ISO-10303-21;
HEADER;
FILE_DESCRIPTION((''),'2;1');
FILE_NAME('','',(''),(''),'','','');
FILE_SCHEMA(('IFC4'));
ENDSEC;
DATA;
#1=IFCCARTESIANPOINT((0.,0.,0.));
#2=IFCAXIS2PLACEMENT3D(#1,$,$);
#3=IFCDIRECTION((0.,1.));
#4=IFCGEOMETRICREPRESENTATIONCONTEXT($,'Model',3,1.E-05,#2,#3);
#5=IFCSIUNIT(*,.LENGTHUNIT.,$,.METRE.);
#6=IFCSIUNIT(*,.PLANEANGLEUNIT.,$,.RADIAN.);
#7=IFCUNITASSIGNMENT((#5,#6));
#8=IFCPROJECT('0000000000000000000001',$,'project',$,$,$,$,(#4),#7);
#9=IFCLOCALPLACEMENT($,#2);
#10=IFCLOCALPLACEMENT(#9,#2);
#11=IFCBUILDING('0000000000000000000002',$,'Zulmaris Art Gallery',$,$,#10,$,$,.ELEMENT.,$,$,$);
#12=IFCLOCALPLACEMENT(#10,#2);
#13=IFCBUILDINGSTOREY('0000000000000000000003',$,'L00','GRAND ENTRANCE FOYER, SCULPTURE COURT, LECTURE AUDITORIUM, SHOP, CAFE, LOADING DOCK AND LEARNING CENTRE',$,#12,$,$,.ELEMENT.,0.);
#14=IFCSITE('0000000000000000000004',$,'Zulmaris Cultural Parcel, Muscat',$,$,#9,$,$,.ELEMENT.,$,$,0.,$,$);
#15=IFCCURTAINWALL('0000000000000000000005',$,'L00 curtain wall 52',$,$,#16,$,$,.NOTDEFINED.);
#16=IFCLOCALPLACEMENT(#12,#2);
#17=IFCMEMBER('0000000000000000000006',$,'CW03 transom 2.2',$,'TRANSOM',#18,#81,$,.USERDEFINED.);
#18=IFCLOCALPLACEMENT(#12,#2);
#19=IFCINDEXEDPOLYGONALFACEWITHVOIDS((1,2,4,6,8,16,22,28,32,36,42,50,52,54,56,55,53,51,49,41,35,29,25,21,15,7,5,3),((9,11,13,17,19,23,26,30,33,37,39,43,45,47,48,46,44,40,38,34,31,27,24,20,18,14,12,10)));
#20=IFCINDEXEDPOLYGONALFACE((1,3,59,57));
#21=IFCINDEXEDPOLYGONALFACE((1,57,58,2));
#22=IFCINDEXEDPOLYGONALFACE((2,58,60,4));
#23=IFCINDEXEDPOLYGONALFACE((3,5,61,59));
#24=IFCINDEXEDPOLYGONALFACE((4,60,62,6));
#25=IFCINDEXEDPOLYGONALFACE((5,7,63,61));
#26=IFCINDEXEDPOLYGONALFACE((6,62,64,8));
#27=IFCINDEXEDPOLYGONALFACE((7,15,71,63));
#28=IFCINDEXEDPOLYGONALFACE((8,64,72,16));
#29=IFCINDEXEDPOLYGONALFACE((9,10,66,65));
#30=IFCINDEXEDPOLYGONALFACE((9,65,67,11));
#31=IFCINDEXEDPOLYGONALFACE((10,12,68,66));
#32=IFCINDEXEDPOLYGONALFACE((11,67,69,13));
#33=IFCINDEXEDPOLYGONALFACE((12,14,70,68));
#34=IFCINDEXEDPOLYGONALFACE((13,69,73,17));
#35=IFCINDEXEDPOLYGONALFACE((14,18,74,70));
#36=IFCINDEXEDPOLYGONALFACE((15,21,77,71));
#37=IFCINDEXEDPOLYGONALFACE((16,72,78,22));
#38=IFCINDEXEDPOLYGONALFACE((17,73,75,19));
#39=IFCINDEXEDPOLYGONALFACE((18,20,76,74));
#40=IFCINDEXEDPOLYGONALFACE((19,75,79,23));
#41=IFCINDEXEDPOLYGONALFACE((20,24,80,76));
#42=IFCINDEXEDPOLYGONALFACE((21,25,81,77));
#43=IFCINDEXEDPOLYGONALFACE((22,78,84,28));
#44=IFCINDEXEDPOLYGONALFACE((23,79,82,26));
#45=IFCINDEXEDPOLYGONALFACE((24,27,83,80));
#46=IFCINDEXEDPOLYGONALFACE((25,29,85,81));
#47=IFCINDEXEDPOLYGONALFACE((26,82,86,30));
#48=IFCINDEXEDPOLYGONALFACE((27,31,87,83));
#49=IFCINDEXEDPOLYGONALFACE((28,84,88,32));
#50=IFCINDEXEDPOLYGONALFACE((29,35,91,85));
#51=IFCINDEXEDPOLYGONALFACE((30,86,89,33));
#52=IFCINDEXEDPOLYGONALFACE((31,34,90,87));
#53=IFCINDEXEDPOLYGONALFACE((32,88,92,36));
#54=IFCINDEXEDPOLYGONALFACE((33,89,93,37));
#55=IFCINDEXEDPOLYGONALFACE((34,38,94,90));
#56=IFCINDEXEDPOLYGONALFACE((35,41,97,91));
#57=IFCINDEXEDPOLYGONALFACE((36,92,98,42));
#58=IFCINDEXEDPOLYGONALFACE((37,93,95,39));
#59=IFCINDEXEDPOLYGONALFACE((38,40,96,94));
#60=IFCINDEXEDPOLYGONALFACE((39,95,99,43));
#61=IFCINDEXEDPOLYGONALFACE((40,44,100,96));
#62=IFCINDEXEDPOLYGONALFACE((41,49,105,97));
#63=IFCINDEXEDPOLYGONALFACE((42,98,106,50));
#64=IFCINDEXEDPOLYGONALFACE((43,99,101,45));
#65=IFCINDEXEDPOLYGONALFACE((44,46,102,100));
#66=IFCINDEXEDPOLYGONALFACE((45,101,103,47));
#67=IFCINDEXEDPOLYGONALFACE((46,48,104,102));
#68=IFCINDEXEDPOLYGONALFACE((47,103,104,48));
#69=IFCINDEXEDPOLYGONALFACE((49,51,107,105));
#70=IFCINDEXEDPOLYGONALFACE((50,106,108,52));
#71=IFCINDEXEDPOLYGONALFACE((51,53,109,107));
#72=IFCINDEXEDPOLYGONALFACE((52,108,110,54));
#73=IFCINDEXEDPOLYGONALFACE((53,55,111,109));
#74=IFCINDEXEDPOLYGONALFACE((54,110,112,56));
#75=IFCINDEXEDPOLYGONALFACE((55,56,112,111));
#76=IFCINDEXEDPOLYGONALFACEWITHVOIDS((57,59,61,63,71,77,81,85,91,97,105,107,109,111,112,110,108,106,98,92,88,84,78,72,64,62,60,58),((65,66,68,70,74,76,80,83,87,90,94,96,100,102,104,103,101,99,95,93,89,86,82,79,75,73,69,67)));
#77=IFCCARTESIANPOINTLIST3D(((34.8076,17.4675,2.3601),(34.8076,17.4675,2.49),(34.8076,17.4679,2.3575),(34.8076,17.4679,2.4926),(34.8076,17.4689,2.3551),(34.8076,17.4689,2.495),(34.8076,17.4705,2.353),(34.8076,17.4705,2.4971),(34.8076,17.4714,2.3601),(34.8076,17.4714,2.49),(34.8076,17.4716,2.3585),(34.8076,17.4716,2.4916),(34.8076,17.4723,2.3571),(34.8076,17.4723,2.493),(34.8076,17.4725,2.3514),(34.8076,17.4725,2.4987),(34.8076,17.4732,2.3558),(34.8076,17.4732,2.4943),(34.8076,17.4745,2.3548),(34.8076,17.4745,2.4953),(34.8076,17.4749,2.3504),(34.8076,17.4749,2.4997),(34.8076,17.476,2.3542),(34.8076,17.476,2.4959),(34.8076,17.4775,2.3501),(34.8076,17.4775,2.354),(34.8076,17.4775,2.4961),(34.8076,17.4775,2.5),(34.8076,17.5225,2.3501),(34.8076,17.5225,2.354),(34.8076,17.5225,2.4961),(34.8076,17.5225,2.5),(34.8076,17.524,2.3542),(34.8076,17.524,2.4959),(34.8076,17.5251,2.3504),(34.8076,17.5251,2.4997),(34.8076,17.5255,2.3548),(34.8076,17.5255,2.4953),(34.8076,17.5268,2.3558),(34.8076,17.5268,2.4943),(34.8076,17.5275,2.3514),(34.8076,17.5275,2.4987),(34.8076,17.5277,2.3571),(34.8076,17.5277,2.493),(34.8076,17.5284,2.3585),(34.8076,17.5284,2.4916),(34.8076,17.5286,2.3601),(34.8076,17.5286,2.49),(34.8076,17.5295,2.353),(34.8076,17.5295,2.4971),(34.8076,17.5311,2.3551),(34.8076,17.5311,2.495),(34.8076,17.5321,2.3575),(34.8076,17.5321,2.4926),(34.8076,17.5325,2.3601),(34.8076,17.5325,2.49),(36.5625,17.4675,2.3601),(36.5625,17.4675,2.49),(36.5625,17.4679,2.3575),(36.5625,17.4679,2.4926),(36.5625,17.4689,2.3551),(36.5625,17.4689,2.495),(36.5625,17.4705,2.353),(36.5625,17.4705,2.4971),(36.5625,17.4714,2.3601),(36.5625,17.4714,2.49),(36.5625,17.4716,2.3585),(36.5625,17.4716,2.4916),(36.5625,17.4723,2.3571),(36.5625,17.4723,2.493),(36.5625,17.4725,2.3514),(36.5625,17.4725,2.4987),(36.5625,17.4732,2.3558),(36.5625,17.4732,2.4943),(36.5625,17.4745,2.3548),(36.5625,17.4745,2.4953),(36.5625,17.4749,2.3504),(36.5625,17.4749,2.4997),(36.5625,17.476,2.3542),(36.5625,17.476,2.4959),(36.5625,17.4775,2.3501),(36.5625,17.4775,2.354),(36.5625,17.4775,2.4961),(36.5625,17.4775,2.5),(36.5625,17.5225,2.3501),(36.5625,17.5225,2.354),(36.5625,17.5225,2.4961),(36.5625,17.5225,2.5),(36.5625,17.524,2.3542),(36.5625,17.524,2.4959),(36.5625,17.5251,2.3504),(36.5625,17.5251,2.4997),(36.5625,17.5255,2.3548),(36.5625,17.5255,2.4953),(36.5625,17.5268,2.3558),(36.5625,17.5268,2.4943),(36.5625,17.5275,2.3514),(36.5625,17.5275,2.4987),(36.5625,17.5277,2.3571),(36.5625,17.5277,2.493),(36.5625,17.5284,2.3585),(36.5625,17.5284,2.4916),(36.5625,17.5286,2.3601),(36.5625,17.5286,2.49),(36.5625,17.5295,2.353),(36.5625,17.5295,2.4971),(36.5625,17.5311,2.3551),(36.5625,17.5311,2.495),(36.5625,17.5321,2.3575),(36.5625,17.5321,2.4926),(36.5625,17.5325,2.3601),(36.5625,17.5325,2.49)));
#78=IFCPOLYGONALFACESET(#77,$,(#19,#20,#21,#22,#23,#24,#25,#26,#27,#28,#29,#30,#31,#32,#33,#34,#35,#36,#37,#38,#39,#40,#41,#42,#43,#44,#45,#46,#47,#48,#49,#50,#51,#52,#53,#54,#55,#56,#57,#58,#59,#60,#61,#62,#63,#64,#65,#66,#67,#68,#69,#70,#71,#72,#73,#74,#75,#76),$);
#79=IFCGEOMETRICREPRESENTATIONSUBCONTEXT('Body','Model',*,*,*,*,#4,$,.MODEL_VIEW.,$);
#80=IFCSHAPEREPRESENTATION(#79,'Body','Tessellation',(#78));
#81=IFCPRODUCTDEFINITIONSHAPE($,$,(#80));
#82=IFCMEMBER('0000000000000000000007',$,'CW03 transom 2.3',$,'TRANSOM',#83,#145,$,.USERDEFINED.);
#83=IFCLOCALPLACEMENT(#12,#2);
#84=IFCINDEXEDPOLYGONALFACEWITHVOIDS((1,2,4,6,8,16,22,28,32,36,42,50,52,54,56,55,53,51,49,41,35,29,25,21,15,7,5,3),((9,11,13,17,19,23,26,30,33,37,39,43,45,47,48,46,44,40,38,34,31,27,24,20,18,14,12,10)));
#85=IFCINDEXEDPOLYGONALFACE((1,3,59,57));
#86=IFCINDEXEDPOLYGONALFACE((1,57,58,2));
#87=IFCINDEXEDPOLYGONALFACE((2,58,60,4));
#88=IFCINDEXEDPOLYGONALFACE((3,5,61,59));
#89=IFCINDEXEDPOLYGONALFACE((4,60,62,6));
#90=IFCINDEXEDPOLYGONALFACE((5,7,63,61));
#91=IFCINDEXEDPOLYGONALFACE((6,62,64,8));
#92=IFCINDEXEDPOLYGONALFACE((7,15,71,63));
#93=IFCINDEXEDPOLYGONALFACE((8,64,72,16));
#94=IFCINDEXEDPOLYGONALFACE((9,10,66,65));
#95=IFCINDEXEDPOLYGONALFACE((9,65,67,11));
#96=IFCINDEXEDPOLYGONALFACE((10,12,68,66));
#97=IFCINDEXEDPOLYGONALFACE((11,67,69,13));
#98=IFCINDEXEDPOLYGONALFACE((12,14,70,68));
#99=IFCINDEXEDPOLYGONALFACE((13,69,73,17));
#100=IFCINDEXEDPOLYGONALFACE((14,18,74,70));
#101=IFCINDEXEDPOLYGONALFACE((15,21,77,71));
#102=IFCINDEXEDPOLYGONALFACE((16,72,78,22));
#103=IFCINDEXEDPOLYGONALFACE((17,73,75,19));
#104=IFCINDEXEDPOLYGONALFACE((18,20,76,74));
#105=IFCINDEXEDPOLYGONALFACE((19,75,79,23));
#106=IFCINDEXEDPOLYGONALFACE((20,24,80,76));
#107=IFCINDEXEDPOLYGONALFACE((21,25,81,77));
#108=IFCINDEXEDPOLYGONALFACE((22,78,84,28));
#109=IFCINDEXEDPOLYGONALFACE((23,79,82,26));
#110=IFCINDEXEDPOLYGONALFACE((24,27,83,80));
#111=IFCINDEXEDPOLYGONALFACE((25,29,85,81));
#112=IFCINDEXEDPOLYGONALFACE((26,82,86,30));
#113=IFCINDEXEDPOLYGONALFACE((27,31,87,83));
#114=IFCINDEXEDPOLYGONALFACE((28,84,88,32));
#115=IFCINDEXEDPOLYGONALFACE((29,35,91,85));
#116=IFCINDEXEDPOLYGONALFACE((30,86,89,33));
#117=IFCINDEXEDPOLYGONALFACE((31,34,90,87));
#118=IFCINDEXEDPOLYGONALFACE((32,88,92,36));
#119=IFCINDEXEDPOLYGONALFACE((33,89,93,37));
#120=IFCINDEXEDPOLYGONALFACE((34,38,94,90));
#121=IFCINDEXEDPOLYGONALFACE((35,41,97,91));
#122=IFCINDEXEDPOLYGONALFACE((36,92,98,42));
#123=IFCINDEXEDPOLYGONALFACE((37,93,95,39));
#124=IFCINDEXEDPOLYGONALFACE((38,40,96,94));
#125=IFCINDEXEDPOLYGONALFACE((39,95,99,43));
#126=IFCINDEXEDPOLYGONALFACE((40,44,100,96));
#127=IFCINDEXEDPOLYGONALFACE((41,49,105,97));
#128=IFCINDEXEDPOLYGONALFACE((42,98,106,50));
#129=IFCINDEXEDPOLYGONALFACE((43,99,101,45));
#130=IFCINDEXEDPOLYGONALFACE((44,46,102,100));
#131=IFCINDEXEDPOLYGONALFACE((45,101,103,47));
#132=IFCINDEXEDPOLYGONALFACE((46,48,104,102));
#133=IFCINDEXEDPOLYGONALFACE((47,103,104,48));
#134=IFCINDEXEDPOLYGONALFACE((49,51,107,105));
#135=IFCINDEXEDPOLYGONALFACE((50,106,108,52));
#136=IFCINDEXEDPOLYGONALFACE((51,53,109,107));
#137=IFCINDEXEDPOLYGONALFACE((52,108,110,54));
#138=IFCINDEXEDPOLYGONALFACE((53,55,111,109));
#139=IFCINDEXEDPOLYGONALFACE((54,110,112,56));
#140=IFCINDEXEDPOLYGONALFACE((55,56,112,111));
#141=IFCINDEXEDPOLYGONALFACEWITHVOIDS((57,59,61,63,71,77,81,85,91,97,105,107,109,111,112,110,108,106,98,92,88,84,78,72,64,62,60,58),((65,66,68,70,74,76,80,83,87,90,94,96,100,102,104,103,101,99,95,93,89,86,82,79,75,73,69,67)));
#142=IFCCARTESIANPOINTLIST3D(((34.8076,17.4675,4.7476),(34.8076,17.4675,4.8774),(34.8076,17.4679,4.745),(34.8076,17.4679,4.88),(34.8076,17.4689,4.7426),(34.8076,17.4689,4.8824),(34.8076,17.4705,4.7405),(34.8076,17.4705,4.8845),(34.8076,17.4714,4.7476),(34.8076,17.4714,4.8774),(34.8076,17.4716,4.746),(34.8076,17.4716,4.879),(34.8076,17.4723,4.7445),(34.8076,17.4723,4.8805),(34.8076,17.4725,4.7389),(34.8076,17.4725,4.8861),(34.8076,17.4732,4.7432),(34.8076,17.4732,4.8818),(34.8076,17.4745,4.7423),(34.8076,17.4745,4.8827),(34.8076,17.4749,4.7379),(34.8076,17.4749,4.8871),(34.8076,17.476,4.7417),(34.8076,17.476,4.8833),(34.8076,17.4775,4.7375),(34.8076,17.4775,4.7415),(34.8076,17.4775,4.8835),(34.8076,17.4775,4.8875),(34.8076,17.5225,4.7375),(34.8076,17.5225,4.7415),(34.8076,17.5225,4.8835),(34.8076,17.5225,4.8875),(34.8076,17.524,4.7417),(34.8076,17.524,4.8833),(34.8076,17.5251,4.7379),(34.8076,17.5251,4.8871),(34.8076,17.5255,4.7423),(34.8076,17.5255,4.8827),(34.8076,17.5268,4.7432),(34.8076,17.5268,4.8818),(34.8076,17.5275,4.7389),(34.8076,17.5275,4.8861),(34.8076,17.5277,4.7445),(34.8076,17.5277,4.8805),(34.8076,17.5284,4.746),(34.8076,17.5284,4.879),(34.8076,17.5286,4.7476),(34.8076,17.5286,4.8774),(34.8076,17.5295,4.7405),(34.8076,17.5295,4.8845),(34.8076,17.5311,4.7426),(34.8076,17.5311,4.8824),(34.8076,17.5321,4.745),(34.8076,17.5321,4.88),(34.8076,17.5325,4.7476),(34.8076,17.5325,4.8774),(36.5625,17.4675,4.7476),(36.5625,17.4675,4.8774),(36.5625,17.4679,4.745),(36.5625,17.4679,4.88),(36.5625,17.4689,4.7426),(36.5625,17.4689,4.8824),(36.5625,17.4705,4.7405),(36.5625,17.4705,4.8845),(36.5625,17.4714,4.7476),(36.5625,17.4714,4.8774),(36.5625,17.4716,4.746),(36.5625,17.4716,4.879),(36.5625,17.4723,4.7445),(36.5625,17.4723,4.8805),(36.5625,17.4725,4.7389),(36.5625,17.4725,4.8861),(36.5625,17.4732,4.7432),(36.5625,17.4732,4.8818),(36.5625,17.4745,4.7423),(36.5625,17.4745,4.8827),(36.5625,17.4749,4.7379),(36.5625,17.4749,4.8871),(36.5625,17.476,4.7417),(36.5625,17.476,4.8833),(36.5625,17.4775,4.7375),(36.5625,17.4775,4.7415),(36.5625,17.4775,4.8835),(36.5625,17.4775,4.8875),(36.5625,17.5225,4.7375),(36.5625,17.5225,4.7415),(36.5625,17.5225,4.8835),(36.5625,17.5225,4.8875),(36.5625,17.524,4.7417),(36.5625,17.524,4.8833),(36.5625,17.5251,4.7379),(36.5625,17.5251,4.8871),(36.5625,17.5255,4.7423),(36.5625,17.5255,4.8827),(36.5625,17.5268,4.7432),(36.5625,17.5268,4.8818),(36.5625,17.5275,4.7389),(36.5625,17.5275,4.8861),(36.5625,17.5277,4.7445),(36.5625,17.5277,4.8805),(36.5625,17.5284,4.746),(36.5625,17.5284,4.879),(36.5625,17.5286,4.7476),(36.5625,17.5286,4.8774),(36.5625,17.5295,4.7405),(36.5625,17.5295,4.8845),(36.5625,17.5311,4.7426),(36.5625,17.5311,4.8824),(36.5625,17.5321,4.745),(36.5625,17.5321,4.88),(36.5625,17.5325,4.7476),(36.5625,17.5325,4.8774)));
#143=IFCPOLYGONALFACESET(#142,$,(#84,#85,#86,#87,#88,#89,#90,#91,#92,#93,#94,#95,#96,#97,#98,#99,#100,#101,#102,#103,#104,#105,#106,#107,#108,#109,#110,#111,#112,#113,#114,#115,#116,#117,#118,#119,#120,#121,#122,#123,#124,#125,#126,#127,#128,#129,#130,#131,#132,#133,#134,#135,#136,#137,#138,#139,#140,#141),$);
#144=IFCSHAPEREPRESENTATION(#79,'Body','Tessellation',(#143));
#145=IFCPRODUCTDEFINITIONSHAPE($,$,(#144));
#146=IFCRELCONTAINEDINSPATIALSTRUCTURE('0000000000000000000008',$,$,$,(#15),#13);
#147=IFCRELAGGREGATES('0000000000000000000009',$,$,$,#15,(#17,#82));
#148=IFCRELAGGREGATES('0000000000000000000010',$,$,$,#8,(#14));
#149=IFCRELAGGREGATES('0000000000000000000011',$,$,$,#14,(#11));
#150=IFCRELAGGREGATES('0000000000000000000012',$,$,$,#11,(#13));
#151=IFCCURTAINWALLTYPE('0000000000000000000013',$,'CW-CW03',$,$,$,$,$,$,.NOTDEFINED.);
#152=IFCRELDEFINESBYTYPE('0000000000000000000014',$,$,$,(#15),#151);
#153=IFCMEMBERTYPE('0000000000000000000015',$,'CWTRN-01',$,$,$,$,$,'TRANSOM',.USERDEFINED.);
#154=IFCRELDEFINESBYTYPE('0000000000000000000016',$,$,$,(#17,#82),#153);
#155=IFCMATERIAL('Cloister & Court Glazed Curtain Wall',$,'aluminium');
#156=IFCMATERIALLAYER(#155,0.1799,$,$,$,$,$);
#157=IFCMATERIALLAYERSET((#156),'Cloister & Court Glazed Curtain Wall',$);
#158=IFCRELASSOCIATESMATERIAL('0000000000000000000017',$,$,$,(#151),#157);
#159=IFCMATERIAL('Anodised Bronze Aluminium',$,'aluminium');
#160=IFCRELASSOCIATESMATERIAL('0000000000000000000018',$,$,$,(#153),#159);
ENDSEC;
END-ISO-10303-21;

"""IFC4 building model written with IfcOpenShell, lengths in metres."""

from ifc_helpers import new_model, si_unit, direction, frame, origin, origin_2d, place, context, subcontext, project, spatial, hollow_rectangle, extrude, material, layer, layer_set, material_profile, profile_set, type_object, element, aggregate, save


model = new_model("IFC4")

# Units and contexts
model_context = context("Model", 3, precision=1e-05, world=origin(), true_north=direction((0.0, 1.0)))
body_context = subcontext(model_context, "Body", "Model", "MODEL_VIEW")
ifc_project = project(units=[si_unit("LENGTHUNIT", "METRE"), si_unit("PLANEANGLEUNIT", "RADIAN")], contexts=[model_context])

# Site, building, storey
site_placement = place(None, origin())
site = spatial("IfcSite", under=ifc_project, at=site_placement, Name="Zulmaris Cultural Parcel, Muscat", CompositionType="ELEMENT", RefElevation=0.0)
building_placement = place(site_placement, origin())
building = spatial("IfcBuilding", under=site, at=building_placement, Name="Zulmaris Art Gallery", CompositionType="ELEMENT")
storey_placement = place(building_placement, origin())
storey = spatial("IfcBuildingStorey", under=building, at=storey_placement, Name="L00", Description="GRAND ENTRANCE FOYER, SCULPTURE COURT, LECTURE AUDITORIUM, SHOP, CAFE, LOADING DOCK AND LEARNING CENTRE", CompositionType="ELEMENT", Elevation=0.0)

# Curtain wall, members
ifc_material_1 = material(Name="Cloister & Court Glazed Curtain Wall", Category="aluminium")
ifc_layer_1 = layer(ifc_material_1, 0.1799)
ifc_layer_set_1 = layer_set([ifc_layer_1], Name="Cloister & Court Glazed Curtain Wall")
curtain_wall_type = type_object("IfcCurtainWallType", Name="CW-CW03", PredefinedType="NOTDEFINED", material=ifc_layer_set_1)
curtain_wall_placement = place(storey_placement, origin())
curtain_wall = element("IfcCurtainWall", 1, at=curtain_wall_placement, inside=storey, type_object=curtain_wall_type, Name="L00 curtain wall 52", PredefinedType="NOTDEFINED")
ifc_material_2 = material(Name="Anodised Bronze Aluminium", Category="aluminium")
ifc_material_profile_1 = material_profile(ifc_material_2, hollow_rectangle(XDim=0.0649, YDim=0.1499, WallThickness=0.0039, InnerFilletRadius=0.0061, OuterFilletRadius=0.01, at=origin_2d()), Name="ALU 65x150x4")
ifc_profile_set_1 = profile_set([ifc_material_profile_1], Name="Anodised Bronze Aluminium")
member_type_1 = type_object("IfcMemberType", Name="CWTRN-01", ElementType="TRANSOM", PredefinedType="USERDEFINED", material=ifc_profile_set_1)
member_1_placement = place(storey_placement, frame((34.8076, 17.5, 2.425), z_axis=(1.0, 0.0, 0.0), x_axis=(0.0, 1.0, 0.0)))
member_1 = element("IfcMember", 2, at=member_1_placement, type_object=member_type_1, Name="CW03 transom 2.2", ObjectType="TRANSOM", PredefinedType="USERDEFINED", context=body_context, shape_type="SweptSolid", body=[
    extrude(hollow_rectangle(XDim=0.0649, YDim=0.1499, WallThickness=0.0039, InnerFilletRadius=0.0061, OuterFilletRadius=0.01, at=origin_2d()), origin(), (0.0, 0.0, 1.0), 1.7549),
])
member_2_placement = place(storey_placement, frame((34.8076, 17.5, 4.8125), z_axis=(1.0, 0.0, 0.0), x_axis=(0.0, 1.0, 0.0)))
member_2 = element("IfcMember", 3, at=member_2_placement, type_object=member_type_1, Name="CW03 transom 2.3", ObjectType="TRANSOM", PredefinedType="USERDEFINED", context=body_context, shape_type="SweptSolid", body=[
    extrude(hollow_rectangle(XDim=0.0649, YDim=0.1499, WallThickness=0.0039, InnerFilletRadius=0.0061, OuterFilletRadius=0.01, at=origin_2d()), origin(), (0.0, 0.0, 1.0), 1.7549),
])
aggregate(curtain_wall, [member_1, member_2])

save(model, "model.ifc")
